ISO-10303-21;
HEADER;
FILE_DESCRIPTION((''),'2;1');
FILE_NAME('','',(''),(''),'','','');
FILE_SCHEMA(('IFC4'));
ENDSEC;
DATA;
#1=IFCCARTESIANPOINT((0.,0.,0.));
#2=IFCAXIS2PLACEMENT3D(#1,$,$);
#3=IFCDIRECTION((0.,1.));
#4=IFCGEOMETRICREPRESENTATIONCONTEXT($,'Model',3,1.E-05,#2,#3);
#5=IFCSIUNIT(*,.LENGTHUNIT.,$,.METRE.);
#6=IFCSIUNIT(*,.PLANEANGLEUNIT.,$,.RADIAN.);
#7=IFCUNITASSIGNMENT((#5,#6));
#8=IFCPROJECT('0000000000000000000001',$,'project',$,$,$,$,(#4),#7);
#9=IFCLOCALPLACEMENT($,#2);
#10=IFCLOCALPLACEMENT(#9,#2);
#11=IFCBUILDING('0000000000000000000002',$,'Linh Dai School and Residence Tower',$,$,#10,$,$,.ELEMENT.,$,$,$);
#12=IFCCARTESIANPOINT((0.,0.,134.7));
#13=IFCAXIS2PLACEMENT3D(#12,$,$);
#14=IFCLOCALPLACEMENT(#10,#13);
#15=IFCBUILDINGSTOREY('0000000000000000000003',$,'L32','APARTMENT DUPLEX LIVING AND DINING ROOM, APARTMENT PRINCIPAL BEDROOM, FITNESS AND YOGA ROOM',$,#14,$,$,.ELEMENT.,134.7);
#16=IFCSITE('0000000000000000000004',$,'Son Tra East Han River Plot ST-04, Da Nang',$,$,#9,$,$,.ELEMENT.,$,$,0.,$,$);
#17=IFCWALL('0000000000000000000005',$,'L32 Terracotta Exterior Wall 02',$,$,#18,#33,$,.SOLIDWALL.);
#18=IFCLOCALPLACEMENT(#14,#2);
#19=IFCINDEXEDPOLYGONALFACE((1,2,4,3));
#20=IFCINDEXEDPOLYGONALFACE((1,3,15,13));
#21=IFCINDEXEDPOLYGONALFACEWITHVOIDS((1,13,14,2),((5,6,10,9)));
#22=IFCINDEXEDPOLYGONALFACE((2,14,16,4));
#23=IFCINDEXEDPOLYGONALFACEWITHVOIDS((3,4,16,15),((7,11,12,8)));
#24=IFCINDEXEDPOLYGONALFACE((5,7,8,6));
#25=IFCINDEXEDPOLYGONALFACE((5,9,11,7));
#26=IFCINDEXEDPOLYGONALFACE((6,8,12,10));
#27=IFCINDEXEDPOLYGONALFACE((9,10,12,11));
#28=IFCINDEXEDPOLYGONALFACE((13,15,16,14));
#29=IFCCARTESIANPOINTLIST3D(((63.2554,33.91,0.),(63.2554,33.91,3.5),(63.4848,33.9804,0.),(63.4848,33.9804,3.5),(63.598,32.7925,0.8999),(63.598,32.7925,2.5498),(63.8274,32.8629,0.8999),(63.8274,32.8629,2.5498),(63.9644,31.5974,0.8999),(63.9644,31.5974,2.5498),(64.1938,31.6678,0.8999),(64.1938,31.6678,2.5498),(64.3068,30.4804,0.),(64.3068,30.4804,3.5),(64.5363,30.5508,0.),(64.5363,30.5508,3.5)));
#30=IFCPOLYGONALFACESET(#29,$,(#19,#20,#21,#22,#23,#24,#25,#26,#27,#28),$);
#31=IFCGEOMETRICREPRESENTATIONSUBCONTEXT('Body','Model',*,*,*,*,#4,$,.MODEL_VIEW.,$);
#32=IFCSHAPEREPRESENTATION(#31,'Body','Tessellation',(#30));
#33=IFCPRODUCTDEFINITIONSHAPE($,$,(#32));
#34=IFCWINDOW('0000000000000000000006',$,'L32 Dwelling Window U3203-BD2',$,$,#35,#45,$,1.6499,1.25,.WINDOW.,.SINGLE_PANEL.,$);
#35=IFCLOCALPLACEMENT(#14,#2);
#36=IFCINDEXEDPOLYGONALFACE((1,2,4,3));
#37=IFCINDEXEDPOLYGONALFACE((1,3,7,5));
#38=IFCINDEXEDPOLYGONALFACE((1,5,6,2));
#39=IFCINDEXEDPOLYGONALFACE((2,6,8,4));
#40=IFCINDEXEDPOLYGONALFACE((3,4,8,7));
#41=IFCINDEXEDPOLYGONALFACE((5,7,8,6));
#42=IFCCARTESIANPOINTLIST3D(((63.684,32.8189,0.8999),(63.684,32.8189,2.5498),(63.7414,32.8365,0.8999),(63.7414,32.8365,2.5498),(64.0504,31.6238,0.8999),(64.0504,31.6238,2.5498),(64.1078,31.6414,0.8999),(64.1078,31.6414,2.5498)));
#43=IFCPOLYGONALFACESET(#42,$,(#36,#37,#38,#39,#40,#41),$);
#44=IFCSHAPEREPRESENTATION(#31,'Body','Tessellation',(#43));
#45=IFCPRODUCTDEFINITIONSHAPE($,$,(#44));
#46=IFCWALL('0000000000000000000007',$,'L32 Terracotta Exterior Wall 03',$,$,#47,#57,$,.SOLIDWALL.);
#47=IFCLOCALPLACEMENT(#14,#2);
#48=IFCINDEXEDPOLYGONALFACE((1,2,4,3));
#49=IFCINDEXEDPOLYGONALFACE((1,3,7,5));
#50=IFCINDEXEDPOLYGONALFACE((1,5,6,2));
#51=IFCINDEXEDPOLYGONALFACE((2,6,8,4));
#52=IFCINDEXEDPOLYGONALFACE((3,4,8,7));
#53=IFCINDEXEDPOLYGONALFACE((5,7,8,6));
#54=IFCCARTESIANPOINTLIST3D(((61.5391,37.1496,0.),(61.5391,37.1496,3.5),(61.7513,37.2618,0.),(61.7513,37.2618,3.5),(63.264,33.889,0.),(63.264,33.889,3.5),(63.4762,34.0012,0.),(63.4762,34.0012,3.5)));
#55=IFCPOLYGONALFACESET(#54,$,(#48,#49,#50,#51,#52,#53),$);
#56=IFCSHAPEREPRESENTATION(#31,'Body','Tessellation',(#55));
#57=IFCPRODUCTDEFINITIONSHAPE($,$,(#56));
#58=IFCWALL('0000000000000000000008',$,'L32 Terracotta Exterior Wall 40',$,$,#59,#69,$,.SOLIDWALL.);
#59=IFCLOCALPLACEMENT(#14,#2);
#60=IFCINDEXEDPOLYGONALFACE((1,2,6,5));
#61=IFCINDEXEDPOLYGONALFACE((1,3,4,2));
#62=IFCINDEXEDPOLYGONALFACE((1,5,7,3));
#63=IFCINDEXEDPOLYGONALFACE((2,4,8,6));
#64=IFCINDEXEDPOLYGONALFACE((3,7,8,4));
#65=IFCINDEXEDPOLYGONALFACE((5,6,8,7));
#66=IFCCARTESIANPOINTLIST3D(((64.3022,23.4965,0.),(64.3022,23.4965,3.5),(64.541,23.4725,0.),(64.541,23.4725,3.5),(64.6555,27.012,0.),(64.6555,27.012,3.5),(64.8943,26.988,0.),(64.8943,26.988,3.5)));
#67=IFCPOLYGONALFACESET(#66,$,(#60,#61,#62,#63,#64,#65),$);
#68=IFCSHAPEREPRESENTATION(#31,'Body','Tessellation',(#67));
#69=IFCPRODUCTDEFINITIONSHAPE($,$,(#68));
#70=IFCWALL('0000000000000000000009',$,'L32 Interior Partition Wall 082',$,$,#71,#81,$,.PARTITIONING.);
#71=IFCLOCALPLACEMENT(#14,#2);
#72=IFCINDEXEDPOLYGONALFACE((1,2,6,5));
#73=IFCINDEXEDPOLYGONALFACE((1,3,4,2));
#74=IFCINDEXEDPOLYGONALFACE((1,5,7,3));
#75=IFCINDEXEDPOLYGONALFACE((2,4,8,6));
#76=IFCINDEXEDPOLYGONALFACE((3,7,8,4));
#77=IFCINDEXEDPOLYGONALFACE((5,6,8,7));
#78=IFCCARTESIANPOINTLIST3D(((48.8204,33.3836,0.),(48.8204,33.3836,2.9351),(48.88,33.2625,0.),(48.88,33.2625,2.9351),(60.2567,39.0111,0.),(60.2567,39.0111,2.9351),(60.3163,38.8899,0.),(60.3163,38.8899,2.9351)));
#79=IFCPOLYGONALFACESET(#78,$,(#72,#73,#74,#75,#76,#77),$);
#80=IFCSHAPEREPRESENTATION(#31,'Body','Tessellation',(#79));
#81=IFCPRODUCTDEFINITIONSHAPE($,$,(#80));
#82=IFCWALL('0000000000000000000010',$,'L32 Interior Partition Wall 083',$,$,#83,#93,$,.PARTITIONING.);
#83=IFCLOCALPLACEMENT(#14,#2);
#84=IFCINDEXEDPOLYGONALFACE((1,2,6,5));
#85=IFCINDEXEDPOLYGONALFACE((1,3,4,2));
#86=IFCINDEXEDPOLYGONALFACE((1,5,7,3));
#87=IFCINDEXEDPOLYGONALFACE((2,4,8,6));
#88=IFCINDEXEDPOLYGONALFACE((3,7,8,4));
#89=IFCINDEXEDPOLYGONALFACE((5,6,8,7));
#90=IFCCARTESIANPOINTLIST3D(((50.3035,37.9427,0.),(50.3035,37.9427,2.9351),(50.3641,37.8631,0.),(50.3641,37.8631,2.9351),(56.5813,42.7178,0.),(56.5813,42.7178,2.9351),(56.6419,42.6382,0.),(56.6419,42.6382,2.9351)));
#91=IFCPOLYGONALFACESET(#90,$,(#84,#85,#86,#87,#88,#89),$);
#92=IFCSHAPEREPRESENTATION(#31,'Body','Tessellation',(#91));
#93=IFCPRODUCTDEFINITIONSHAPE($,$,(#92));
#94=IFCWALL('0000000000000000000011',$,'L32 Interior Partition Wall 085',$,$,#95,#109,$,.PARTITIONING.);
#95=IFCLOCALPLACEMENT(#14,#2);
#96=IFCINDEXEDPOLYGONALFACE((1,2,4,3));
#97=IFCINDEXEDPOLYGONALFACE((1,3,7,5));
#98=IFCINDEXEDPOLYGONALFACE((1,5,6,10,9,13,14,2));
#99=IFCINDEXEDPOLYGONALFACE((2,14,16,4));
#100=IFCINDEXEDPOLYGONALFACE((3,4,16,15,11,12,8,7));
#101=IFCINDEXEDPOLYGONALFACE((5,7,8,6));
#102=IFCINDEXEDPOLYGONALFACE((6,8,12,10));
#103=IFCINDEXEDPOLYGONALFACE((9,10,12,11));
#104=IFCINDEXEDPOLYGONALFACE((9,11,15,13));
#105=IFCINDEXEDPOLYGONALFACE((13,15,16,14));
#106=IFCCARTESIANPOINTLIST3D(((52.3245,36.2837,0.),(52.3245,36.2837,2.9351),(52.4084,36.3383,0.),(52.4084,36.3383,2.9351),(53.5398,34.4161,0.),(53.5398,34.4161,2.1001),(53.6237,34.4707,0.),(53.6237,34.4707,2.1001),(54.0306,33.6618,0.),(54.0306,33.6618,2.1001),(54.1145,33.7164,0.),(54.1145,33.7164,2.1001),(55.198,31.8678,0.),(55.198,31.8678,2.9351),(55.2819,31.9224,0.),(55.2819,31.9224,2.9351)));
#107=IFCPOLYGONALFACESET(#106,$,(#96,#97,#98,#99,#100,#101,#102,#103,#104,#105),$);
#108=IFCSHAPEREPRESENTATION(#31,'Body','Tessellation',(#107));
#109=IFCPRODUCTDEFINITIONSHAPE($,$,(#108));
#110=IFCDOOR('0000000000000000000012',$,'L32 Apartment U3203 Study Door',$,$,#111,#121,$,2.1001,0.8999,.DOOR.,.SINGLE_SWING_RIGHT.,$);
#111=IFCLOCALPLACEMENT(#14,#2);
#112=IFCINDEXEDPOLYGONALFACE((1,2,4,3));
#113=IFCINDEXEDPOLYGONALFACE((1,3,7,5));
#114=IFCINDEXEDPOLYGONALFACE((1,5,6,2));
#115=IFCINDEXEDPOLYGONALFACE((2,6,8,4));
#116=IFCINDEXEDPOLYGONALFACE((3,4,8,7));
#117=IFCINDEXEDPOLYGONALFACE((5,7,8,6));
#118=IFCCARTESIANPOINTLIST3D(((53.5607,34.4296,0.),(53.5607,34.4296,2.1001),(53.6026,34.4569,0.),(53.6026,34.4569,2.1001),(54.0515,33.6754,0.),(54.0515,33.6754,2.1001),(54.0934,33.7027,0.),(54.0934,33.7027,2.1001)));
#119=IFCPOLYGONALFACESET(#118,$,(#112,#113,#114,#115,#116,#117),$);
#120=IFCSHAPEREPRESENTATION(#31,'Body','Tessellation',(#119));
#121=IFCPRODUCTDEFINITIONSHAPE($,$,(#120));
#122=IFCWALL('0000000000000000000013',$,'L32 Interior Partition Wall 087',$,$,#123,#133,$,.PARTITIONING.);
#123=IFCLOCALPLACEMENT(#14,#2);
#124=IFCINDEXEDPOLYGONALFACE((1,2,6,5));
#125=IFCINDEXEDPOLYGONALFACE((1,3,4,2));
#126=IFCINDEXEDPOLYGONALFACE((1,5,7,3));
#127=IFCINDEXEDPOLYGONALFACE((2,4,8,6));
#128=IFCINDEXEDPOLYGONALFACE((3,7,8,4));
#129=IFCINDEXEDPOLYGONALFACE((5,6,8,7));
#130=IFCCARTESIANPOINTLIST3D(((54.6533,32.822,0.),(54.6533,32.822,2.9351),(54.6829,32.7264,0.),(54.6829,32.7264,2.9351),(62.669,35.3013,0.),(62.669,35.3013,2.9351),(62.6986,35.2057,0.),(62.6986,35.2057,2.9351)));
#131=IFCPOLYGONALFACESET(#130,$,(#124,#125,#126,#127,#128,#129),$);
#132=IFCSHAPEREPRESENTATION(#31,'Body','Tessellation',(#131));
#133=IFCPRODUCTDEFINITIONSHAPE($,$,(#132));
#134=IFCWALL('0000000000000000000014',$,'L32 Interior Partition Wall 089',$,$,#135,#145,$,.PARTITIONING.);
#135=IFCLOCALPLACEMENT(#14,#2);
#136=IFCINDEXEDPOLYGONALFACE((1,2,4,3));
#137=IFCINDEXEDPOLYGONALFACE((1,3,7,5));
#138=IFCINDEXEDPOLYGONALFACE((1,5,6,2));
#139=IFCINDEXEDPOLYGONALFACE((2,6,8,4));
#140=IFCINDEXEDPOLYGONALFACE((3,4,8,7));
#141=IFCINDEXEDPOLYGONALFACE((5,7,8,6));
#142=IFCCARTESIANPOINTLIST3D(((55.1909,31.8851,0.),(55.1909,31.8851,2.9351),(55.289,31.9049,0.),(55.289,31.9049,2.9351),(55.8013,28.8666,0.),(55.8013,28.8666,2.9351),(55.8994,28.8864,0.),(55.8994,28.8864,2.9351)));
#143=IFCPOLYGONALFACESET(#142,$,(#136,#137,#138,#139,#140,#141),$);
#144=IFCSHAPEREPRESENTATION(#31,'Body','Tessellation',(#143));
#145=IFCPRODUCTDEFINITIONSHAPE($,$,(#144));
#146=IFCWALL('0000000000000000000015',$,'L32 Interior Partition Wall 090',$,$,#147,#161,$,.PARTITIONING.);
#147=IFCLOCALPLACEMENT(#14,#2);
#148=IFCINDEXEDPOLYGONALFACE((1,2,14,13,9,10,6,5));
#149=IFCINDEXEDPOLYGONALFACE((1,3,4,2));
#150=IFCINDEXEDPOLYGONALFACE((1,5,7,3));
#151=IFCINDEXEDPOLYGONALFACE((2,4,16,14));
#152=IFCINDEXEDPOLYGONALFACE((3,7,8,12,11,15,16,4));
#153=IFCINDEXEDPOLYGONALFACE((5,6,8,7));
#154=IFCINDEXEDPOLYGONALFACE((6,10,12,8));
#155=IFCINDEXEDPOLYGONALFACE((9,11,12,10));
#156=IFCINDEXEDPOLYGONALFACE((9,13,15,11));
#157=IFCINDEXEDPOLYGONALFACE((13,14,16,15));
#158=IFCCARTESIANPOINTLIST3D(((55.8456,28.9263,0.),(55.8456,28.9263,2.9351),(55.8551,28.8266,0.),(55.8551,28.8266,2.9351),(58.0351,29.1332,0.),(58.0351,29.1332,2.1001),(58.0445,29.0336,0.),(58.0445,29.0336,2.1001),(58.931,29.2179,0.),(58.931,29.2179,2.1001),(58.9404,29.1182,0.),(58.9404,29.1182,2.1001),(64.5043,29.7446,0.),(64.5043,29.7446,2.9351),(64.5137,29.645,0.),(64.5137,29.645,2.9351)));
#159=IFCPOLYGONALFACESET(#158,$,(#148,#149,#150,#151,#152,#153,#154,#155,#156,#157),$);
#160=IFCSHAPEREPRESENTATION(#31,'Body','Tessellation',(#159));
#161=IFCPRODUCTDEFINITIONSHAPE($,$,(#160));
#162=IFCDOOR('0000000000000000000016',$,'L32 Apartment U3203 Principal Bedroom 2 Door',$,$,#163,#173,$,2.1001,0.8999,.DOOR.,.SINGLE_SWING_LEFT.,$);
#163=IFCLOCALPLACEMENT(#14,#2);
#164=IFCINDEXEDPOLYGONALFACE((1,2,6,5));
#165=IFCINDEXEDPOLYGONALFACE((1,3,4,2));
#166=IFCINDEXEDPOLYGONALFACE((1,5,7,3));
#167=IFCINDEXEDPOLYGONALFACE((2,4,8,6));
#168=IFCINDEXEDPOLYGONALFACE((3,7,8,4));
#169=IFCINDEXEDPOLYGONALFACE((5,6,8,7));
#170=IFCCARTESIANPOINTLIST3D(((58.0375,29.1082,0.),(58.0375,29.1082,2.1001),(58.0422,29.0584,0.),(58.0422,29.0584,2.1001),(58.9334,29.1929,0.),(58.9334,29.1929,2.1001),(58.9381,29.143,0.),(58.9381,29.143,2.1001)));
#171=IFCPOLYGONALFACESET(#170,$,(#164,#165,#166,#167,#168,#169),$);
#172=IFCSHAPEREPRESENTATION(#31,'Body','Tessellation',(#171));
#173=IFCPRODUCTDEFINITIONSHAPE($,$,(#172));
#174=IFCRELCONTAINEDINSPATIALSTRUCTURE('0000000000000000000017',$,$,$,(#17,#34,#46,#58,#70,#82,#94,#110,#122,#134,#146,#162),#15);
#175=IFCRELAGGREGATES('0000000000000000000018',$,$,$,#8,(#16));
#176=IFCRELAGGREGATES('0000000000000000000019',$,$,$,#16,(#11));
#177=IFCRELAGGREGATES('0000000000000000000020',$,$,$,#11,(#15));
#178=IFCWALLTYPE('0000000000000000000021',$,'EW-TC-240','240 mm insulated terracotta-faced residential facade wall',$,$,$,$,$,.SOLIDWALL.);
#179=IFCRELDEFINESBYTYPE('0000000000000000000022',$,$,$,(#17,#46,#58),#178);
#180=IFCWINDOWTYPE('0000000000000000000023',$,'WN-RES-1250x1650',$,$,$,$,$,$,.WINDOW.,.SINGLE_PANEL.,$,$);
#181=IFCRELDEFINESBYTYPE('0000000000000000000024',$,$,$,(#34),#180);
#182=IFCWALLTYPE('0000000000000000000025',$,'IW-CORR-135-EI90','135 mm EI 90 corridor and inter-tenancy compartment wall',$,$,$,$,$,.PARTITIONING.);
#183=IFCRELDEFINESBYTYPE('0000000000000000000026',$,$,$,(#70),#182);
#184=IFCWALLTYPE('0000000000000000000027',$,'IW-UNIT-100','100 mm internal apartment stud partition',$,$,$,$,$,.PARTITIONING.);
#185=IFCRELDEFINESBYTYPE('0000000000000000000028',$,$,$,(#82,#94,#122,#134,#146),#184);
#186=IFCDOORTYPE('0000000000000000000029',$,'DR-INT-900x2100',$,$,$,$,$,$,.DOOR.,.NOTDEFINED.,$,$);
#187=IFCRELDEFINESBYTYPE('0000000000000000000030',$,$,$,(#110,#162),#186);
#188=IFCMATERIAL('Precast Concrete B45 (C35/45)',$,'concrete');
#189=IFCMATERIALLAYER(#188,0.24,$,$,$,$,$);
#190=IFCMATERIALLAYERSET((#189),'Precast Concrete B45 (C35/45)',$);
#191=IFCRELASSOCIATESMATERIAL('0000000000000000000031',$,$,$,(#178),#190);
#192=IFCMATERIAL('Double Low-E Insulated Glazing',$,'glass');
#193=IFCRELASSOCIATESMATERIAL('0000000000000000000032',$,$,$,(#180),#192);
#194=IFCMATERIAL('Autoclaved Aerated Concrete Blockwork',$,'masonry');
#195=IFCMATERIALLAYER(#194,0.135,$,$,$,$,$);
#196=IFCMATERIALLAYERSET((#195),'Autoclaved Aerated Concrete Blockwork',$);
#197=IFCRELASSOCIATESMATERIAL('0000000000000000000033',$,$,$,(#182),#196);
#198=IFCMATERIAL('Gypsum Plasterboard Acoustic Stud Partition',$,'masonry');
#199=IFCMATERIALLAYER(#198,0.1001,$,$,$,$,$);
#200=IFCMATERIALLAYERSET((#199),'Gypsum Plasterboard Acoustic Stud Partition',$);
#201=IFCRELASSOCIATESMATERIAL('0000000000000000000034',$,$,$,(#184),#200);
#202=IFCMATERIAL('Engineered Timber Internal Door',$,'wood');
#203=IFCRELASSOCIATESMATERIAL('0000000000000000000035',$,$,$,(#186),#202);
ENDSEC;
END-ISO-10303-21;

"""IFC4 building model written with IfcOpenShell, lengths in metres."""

from ifc_helpers import new_model, si_unit, direction, frame, frame_2d, origin, origin_2d, place, context, subcontext, project, spatial, rectangle, extrude, source, transform, mapped, material, layer, layer_set, type_object, element, fill, save


model = new_model("IFC4")

# Units and contexts
model_context = context("Model", 3, precision=1e-05, world=origin(), true_north=direction((0.0, 1.0)))
body_context = subcontext(model_context, "Body", "Model", "MODEL_VIEW")
ifc_project = project(units=[si_unit("LENGTHUNIT", "METRE"), si_unit("PLANEANGLEUNIT", "RADIAN")], contexts=[model_context])

# Site, building, storey
site_placement = place(None, origin())
site = spatial("IfcSite", under=ifc_project, at=site_placement, Name="Son Tra East Han River Plot ST-04, Da Nang", CompositionType="ELEMENT", RefElevation=0.0)
building_placement = place(site_placement, origin())
building = spatial("IfcBuilding", under=site, at=building_placement, Name="Linh Dai School and Residence Tower", CompositionType="ELEMENT")
storey_placement = place(building_placement, frame((0.0, 0.0, 134.7)))
storey = spatial("IfcBuildingStorey", under=building, at=storey_placement, Name="L32", Description="APARTMENT DUPLEX LIVING AND DINING ROOM, APARTMENT PRINCIPAL BEDROOM, FITNESS AND YOGA ROOM", CompositionType="ELEMENT", Elevation=134.7)

# Shared definitions
ifc_material_1 = material(Name="Precast Concrete B45 (C35/45)", Category="concrete")

# Shared definitions
ifc_layer_1 = layer(ifc_material_1, 0.24)
ifc_layer_set_1 = layer_set([ifc_layer_1], Name="Precast Concrete B45 (C35/45)")
wall_type_1 = type_object("IfcWallType", Name="EW-TC-240", Description="240 mm insulated terracotta-faced residential facade wall", PredefinedType="SOLIDWALL", material=ifc_layer_set_1)

# Wall, opening, window
wall_1_placement = place(storey_placement, frame((63.3701, 33.9451, 0.0), z_axis=(0.0, 0.0, 1.0), x_axis=(0.293124, -0.956074, 0.0)))
wall_1 = element("IfcWall", 1, at=wall_1_placement, inside=storey, type_object=wall_type_1, Name="L32 Terracotta Exterior Wall 02", PredefinedType="SOLIDWALL", context=body_context, shape_type="SweptSolid", body=[
    extrude(rectangle(XDim=3.5872, YDim=0.24, at=frame_2d((1.7935, 0.0))), origin(), (0.0, 0.0, 1.0), 3.5),
])
opening_1_placement = place(wall_1_placement, frame((1.1687, 0.0, 0.8999)))
opening_1 = element("IfcOpeningElement", 2, at=opening_1_placement, cuts=wall_1, PredefinedType="OPENING", context=body_context, shape_type="SweptSolid", body=[
    extrude(rectangle(XDim=1.25, YDim=1.6499, at=origin_2d()), frame((0.625, 0.1299, 0.825), z_axis=(0.0, -1.0, 0.0), x_axis=(1.0, 0.0, 0.0)), (0.0, 0.0, 1.0), 0.26),
])
ifc_material_2 = material(Name="Double Low-E Insulated Glazing", Category="glass")
window_type = type_object("IfcWindowType", Name="WN-RES-1250x1650", PartitioningType="SINGLE_PANEL", PredefinedType="WINDOW", material=ifc_material_2)
shared_shape_1 = source(origin(), body_context, "Body", "SweptSolid", [
    extrude(rectangle(XDim=1.25, YDim=1.6499, at=origin_2d()), frame((0.625, 0.03, 0.825), z_axis=(0.0, -1.0, 0.0), x_axis=(1.0, 0.0, 0.0)), (0.0, 0.0, 1.0), 0.0601),
])
window_placement = place(opening_1_placement, origin())
window = element("IfcWindow", 3, at=window_placement, inside=storey, type_object=window_type, Name="L32 Dwelling Window U3203-BD2", OverallHeight=1.6499, OverallWidth=1.25, PartitioningType="SINGLE_PANEL", PredefinedType="WINDOW", context=body_context, shape_type="MappedRepresentation", body=[
    mapped(shared_shape_1, transform((0.0, 0.0, 0.0), x_axis=(1.0, 0.0, 0.0), y_axis=(0.0, 1.0, 0.0), z_axis=(0.0, 0.0, 1.0), scale=1.0)),
])
fill(opening_1, window)

# Walls
wall_2_placement = place(storey_placement, frame((61.6453, 37.2056, 0.0), z_axis=(0.0, 0.0, 1.0), x_axis=(0.467614, -0.883933, 0.0)))
element("IfcWall", 4, at=wall_2_placement, inside=storey, type_object=wall_type_1, Name="L32 Terracotta Exterior Wall 03", PredefinedType="SOLIDWALL", context=body_context, shape_type="SweptSolid", body=[
    extrude(rectangle(XDim=3.6887, YDim=0.24, at=frame_2d((1.8442, 0.0))), origin(), (0.0, 0.0, 1.0), 3.5),
])
wall_3_placement = place(storey_placement, frame((64.7749, 27.0, 0.0), z_axis=(0.0, 0.0, 1.0), x_axis=(-0.099989, -0.994988, 0.0)))
element("IfcWall", 5, at=wall_3_placement, inside=storey, type_object=wall_type_1, Name="L32 Terracotta Exterior Wall 40", PredefinedType="SOLIDWALL", context=body_context, shape_type="SweptSolid", body=[
    extrude(rectangle(XDim=3.5332, YDim=0.24, at=frame_2d((1.7666, 0.0))), origin(), (0.0, 0.0, 1.0), 3.5),
])
ifc_material_3 = material(Name="Autoclaved Aerated Concrete Blockwork", Category="masonry")
ifc_layer_2 = layer(ifc_material_3, 0.135)
ifc_layer_set_2 = layer_set([ifc_layer_2], Name="Autoclaved Aerated Concrete Blockwork")
wall_type_2 = type_object("IfcWallType", Name="IW-CORR-135-EI90", Description="135 mm EI 90 corridor and inter-tenancy compartment wall", PredefinedType="PARTITIONING", material=ifc_layer_set_2)
wall_4_placement = place(storey_placement, frame((48.8501, 33.323, 0.0), z_axis=(0.0, 0.0, 1.0), x_axis=(0.897255, 0.441512, 0.0)))
element("IfcWall", 6, at=wall_4_placement, inside=storey, type_object=wall_type_2, Name="L32 Interior Partition Wall 082", PredefinedType="PARTITIONING", context=body_context, shape_type="SweptSolid", body=[
    extrude(rectangle(XDim=12.7458, YDim=0.135, at=frame_2d((6.373, 0.0))), origin(), (0.0, 0.0, 1.0), 2.9351),
])
ifc_material_4 = material(Name="Gypsum Plasterboard Acoustic Stud Partition", Category="masonry")
ifc_layer_3 = layer(ifc_material_4, 0.1001)
ifc_layer_set_3 = layer_set([ifc_layer_3], Name="Gypsum Plasterboard Acoustic Stud Partition")
wall_type_3 = type_object("IfcWallType", Name="IW-UNIT-100", Description="100 mm internal apartment stud partition", PredefinedType="PARTITIONING", material=ifc_layer_set_3)
wall_5_placement = place(storey_placement, frame((50.3337, 37.9028, 0.0), z_axis=(0.0, 0.0, 1.0), x_axis=(0.795918, 0.605404, 0.0)))
element("IfcWall", 7, at=wall_5_placement, inside=storey, type_object=wall_type_3, Name="L32 Interior Partition Wall 083", PredefinedType="PARTITIONING", context=body_context, shape_type="SweptSolid", body=[
    extrude(rectangle(XDim=7.8875, YDim=0.1001, at=frame_2d((3.9438, 0.0))), origin(), (0.0, 0.0, 1.0), 2.9351),
])

# Wall, opening, door
wall_6_placement = place(storey_placement, frame((52.3665, 36.311, 0.0), z_axis=(0.0, 0.0, 1.0), x_axis=(0.545405, -0.838172, 0.0)))
wall_6 = element("IfcWall", 8, at=wall_6_placement, inside=storey, type_object=wall_type_3, Name="L32 Interior Partition Wall 085", PredefinedType="PARTITIONING", context=body_context, shape_type="SweptSolid", body=[
    extrude(rectangle(XDim=5.2686, YDim=0.1001, at=frame_2d((2.6343, 0.0))), origin(), (0.0, 0.0, 1.0), 2.9351),
])
opening_2_placement = place(wall_6_placement, frame((2.2283, 0.0, 0.0)))
opening_2 = element("IfcOpeningElement", 9, at=opening_2_placement, cuts=wall_6, PredefinedType="OPENING", context=body_context, shape_type="SweptSolid", body=[
    extrude(rectangle(XDim=0.8999, YDim=2.1001, at=origin_2d()), frame((0.45, 0.0601, 1.05), z_axis=(0.0, -1.0, 0.0), x_axis=(1.0, 0.0, 0.0)), (0.0, 0.0, 1.0), 0.1201),
])
ifc_material_5 = material(Name="Engineered Timber Internal Door", Category="wood")
door_type = type_object("IfcDoorType", Name="DR-INT-900x2100", OperationType="NOTDEFINED", PredefinedType="DOOR", material=ifc_material_5)
shared_shape_2 = source(origin(), body_context, "Body", "SweptSolid", [
    extrude(rectangle(XDim=0.8999, YDim=2.1001, at=origin_2d()), frame((0.45, 0.0249, 1.05), z_axis=(0.0, -1.0, 0.0), x_axis=(1.0, 0.0, 0.0)), (0.0, 0.0, 1.0), 0.05),
])
door_1_placement = place(opening_2_placement, origin())
door_1 = element("IfcDoor", 10, at=door_1_placement, inside=storey, type_object=door_type, Name="L32 Apartment U3203 Study Door", OperationType="SINGLE_SWING_RIGHT", OverallHeight=2.1001, OverallWidth=0.8999, PredefinedType="DOOR", context=body_context, shape_type="MappedRepresentation", body=[
    mapped(shared_shape_2, transform((0.0, 0.0, 0.0), x_axis=(1.0, 0.0, 0.0), y_axis=(0.0, 1.0, 0.0), z_axis=(0.0, 0.0, 1.0), scale=1.0)),
])
fill(opening_2, door_1)

# Walls
wall_7_placement = place(storey_placement, frame((54.668, 32.7742, 0.0), z_axis=(0.0, 0.0, 1.0), x_axis=(0.955346, 0.29549, 0.0)))
element("IfcWall", 11, at=wall_7_placement, inside=storey, type_object=wall_type_3, Name="L32 Interior Partition Wall 087", PredefinedType="PARTITIONING", context=body_context, shape_type="SweptSolid", body=[
    extrude(rectangle(XDim=8.3904, YDim=0.1001, at=frame_2d((4.1953, 0.0))), origin(), (0.0, 0.0, 1.0), 2.9351),
])
wall_8_placement = place(storey_placement, frame((55.24, 31.895, 0.0), z_axis=(0.0, 0.0, 1.0), x_axis=(0.198189, -0.980164, 0.0)))
element("IfcWall", 12, at=wall_8_placement, inside=storey, type_object=wall_type_3, Name="L32 Interior Partition Wall 089", PredefinedType="PARTITIONING", context=body_context, shape_type="SweptSolid", body=[
    extrude(rectangle(XDim=3.0796, YDim=0.1001, at=frame_2d((1.5398, 0.0))), origin(), (0.0, 0.0, 1.0), 2.9351),
])

# Wall, opening, door
wall_9_placement = place(storey_placement, frame((55.8503, 28.8765, 0.0), z_axis=(0.0, 0.0, 1.0), x_axis=(0.995563, 0.094094, 0.0)))
wall_9 = element("IfcWall", 13, at=wall_9_placement, inside=storey, type_object=wall_type_3, Name="L32 Interior Partition Wall 090", PredefinedType="PARTITIONING", context=body_context, shape_type="SweptSolid", body=[
    extrude(rectangle(XDim=8.6973, YDim=0.1001, at=frame_2d((4.3486, 0.0))), origin(), (0.0, 0.0, 1.0), 2.9351),
])
opening_3_placement = place(wall_9_placement, frame((2.1992, 0.0, 0.0)))
opening_3 = element("IfcOpeningElement", 14, at=opening_3_placement, cuts=wall_9, PredefinedType="OPENING", context=body_context, shape_type="SweptSolid", body=[
    extrude(rectangle(XDim=0.8999, YDim=2.1001, at=origin_2d()), frame((0.45, 0.0601, 1.05), z_axis=(0.0, -1.0, 0.0), x_axis=(1.0, 0.0, 0.0)), (0.0, 0.0, 1.0), 0.1201),
])
door_2_placement = place(opening_3_placement, origin())
door_2 = element("IfcDoor", 15, at=door_2_placement, inside=storey, type_object=door_type, Name="L32 Apartment U3203 Principal Bedroom 2 Door", OperationType="SINGLE_SWING_LEFT", OverallHeight=2.1001, OverallWidth=0.8999, PredefinedType="DOOR", context=body_context, shape_type="MappedRepresentation", body=[
    mapped(shared_shape_2, transform((0.0, 0.0, 0.0), x_axis=(1.0, 0.0, 0.0), y_axis=(0.0, 1.0, 0.0), z_axis=(0.0, 0.0, 1.0), scale=1.0)),
])
fill(opening_3, door_2)

save(model, "model.ifc")
